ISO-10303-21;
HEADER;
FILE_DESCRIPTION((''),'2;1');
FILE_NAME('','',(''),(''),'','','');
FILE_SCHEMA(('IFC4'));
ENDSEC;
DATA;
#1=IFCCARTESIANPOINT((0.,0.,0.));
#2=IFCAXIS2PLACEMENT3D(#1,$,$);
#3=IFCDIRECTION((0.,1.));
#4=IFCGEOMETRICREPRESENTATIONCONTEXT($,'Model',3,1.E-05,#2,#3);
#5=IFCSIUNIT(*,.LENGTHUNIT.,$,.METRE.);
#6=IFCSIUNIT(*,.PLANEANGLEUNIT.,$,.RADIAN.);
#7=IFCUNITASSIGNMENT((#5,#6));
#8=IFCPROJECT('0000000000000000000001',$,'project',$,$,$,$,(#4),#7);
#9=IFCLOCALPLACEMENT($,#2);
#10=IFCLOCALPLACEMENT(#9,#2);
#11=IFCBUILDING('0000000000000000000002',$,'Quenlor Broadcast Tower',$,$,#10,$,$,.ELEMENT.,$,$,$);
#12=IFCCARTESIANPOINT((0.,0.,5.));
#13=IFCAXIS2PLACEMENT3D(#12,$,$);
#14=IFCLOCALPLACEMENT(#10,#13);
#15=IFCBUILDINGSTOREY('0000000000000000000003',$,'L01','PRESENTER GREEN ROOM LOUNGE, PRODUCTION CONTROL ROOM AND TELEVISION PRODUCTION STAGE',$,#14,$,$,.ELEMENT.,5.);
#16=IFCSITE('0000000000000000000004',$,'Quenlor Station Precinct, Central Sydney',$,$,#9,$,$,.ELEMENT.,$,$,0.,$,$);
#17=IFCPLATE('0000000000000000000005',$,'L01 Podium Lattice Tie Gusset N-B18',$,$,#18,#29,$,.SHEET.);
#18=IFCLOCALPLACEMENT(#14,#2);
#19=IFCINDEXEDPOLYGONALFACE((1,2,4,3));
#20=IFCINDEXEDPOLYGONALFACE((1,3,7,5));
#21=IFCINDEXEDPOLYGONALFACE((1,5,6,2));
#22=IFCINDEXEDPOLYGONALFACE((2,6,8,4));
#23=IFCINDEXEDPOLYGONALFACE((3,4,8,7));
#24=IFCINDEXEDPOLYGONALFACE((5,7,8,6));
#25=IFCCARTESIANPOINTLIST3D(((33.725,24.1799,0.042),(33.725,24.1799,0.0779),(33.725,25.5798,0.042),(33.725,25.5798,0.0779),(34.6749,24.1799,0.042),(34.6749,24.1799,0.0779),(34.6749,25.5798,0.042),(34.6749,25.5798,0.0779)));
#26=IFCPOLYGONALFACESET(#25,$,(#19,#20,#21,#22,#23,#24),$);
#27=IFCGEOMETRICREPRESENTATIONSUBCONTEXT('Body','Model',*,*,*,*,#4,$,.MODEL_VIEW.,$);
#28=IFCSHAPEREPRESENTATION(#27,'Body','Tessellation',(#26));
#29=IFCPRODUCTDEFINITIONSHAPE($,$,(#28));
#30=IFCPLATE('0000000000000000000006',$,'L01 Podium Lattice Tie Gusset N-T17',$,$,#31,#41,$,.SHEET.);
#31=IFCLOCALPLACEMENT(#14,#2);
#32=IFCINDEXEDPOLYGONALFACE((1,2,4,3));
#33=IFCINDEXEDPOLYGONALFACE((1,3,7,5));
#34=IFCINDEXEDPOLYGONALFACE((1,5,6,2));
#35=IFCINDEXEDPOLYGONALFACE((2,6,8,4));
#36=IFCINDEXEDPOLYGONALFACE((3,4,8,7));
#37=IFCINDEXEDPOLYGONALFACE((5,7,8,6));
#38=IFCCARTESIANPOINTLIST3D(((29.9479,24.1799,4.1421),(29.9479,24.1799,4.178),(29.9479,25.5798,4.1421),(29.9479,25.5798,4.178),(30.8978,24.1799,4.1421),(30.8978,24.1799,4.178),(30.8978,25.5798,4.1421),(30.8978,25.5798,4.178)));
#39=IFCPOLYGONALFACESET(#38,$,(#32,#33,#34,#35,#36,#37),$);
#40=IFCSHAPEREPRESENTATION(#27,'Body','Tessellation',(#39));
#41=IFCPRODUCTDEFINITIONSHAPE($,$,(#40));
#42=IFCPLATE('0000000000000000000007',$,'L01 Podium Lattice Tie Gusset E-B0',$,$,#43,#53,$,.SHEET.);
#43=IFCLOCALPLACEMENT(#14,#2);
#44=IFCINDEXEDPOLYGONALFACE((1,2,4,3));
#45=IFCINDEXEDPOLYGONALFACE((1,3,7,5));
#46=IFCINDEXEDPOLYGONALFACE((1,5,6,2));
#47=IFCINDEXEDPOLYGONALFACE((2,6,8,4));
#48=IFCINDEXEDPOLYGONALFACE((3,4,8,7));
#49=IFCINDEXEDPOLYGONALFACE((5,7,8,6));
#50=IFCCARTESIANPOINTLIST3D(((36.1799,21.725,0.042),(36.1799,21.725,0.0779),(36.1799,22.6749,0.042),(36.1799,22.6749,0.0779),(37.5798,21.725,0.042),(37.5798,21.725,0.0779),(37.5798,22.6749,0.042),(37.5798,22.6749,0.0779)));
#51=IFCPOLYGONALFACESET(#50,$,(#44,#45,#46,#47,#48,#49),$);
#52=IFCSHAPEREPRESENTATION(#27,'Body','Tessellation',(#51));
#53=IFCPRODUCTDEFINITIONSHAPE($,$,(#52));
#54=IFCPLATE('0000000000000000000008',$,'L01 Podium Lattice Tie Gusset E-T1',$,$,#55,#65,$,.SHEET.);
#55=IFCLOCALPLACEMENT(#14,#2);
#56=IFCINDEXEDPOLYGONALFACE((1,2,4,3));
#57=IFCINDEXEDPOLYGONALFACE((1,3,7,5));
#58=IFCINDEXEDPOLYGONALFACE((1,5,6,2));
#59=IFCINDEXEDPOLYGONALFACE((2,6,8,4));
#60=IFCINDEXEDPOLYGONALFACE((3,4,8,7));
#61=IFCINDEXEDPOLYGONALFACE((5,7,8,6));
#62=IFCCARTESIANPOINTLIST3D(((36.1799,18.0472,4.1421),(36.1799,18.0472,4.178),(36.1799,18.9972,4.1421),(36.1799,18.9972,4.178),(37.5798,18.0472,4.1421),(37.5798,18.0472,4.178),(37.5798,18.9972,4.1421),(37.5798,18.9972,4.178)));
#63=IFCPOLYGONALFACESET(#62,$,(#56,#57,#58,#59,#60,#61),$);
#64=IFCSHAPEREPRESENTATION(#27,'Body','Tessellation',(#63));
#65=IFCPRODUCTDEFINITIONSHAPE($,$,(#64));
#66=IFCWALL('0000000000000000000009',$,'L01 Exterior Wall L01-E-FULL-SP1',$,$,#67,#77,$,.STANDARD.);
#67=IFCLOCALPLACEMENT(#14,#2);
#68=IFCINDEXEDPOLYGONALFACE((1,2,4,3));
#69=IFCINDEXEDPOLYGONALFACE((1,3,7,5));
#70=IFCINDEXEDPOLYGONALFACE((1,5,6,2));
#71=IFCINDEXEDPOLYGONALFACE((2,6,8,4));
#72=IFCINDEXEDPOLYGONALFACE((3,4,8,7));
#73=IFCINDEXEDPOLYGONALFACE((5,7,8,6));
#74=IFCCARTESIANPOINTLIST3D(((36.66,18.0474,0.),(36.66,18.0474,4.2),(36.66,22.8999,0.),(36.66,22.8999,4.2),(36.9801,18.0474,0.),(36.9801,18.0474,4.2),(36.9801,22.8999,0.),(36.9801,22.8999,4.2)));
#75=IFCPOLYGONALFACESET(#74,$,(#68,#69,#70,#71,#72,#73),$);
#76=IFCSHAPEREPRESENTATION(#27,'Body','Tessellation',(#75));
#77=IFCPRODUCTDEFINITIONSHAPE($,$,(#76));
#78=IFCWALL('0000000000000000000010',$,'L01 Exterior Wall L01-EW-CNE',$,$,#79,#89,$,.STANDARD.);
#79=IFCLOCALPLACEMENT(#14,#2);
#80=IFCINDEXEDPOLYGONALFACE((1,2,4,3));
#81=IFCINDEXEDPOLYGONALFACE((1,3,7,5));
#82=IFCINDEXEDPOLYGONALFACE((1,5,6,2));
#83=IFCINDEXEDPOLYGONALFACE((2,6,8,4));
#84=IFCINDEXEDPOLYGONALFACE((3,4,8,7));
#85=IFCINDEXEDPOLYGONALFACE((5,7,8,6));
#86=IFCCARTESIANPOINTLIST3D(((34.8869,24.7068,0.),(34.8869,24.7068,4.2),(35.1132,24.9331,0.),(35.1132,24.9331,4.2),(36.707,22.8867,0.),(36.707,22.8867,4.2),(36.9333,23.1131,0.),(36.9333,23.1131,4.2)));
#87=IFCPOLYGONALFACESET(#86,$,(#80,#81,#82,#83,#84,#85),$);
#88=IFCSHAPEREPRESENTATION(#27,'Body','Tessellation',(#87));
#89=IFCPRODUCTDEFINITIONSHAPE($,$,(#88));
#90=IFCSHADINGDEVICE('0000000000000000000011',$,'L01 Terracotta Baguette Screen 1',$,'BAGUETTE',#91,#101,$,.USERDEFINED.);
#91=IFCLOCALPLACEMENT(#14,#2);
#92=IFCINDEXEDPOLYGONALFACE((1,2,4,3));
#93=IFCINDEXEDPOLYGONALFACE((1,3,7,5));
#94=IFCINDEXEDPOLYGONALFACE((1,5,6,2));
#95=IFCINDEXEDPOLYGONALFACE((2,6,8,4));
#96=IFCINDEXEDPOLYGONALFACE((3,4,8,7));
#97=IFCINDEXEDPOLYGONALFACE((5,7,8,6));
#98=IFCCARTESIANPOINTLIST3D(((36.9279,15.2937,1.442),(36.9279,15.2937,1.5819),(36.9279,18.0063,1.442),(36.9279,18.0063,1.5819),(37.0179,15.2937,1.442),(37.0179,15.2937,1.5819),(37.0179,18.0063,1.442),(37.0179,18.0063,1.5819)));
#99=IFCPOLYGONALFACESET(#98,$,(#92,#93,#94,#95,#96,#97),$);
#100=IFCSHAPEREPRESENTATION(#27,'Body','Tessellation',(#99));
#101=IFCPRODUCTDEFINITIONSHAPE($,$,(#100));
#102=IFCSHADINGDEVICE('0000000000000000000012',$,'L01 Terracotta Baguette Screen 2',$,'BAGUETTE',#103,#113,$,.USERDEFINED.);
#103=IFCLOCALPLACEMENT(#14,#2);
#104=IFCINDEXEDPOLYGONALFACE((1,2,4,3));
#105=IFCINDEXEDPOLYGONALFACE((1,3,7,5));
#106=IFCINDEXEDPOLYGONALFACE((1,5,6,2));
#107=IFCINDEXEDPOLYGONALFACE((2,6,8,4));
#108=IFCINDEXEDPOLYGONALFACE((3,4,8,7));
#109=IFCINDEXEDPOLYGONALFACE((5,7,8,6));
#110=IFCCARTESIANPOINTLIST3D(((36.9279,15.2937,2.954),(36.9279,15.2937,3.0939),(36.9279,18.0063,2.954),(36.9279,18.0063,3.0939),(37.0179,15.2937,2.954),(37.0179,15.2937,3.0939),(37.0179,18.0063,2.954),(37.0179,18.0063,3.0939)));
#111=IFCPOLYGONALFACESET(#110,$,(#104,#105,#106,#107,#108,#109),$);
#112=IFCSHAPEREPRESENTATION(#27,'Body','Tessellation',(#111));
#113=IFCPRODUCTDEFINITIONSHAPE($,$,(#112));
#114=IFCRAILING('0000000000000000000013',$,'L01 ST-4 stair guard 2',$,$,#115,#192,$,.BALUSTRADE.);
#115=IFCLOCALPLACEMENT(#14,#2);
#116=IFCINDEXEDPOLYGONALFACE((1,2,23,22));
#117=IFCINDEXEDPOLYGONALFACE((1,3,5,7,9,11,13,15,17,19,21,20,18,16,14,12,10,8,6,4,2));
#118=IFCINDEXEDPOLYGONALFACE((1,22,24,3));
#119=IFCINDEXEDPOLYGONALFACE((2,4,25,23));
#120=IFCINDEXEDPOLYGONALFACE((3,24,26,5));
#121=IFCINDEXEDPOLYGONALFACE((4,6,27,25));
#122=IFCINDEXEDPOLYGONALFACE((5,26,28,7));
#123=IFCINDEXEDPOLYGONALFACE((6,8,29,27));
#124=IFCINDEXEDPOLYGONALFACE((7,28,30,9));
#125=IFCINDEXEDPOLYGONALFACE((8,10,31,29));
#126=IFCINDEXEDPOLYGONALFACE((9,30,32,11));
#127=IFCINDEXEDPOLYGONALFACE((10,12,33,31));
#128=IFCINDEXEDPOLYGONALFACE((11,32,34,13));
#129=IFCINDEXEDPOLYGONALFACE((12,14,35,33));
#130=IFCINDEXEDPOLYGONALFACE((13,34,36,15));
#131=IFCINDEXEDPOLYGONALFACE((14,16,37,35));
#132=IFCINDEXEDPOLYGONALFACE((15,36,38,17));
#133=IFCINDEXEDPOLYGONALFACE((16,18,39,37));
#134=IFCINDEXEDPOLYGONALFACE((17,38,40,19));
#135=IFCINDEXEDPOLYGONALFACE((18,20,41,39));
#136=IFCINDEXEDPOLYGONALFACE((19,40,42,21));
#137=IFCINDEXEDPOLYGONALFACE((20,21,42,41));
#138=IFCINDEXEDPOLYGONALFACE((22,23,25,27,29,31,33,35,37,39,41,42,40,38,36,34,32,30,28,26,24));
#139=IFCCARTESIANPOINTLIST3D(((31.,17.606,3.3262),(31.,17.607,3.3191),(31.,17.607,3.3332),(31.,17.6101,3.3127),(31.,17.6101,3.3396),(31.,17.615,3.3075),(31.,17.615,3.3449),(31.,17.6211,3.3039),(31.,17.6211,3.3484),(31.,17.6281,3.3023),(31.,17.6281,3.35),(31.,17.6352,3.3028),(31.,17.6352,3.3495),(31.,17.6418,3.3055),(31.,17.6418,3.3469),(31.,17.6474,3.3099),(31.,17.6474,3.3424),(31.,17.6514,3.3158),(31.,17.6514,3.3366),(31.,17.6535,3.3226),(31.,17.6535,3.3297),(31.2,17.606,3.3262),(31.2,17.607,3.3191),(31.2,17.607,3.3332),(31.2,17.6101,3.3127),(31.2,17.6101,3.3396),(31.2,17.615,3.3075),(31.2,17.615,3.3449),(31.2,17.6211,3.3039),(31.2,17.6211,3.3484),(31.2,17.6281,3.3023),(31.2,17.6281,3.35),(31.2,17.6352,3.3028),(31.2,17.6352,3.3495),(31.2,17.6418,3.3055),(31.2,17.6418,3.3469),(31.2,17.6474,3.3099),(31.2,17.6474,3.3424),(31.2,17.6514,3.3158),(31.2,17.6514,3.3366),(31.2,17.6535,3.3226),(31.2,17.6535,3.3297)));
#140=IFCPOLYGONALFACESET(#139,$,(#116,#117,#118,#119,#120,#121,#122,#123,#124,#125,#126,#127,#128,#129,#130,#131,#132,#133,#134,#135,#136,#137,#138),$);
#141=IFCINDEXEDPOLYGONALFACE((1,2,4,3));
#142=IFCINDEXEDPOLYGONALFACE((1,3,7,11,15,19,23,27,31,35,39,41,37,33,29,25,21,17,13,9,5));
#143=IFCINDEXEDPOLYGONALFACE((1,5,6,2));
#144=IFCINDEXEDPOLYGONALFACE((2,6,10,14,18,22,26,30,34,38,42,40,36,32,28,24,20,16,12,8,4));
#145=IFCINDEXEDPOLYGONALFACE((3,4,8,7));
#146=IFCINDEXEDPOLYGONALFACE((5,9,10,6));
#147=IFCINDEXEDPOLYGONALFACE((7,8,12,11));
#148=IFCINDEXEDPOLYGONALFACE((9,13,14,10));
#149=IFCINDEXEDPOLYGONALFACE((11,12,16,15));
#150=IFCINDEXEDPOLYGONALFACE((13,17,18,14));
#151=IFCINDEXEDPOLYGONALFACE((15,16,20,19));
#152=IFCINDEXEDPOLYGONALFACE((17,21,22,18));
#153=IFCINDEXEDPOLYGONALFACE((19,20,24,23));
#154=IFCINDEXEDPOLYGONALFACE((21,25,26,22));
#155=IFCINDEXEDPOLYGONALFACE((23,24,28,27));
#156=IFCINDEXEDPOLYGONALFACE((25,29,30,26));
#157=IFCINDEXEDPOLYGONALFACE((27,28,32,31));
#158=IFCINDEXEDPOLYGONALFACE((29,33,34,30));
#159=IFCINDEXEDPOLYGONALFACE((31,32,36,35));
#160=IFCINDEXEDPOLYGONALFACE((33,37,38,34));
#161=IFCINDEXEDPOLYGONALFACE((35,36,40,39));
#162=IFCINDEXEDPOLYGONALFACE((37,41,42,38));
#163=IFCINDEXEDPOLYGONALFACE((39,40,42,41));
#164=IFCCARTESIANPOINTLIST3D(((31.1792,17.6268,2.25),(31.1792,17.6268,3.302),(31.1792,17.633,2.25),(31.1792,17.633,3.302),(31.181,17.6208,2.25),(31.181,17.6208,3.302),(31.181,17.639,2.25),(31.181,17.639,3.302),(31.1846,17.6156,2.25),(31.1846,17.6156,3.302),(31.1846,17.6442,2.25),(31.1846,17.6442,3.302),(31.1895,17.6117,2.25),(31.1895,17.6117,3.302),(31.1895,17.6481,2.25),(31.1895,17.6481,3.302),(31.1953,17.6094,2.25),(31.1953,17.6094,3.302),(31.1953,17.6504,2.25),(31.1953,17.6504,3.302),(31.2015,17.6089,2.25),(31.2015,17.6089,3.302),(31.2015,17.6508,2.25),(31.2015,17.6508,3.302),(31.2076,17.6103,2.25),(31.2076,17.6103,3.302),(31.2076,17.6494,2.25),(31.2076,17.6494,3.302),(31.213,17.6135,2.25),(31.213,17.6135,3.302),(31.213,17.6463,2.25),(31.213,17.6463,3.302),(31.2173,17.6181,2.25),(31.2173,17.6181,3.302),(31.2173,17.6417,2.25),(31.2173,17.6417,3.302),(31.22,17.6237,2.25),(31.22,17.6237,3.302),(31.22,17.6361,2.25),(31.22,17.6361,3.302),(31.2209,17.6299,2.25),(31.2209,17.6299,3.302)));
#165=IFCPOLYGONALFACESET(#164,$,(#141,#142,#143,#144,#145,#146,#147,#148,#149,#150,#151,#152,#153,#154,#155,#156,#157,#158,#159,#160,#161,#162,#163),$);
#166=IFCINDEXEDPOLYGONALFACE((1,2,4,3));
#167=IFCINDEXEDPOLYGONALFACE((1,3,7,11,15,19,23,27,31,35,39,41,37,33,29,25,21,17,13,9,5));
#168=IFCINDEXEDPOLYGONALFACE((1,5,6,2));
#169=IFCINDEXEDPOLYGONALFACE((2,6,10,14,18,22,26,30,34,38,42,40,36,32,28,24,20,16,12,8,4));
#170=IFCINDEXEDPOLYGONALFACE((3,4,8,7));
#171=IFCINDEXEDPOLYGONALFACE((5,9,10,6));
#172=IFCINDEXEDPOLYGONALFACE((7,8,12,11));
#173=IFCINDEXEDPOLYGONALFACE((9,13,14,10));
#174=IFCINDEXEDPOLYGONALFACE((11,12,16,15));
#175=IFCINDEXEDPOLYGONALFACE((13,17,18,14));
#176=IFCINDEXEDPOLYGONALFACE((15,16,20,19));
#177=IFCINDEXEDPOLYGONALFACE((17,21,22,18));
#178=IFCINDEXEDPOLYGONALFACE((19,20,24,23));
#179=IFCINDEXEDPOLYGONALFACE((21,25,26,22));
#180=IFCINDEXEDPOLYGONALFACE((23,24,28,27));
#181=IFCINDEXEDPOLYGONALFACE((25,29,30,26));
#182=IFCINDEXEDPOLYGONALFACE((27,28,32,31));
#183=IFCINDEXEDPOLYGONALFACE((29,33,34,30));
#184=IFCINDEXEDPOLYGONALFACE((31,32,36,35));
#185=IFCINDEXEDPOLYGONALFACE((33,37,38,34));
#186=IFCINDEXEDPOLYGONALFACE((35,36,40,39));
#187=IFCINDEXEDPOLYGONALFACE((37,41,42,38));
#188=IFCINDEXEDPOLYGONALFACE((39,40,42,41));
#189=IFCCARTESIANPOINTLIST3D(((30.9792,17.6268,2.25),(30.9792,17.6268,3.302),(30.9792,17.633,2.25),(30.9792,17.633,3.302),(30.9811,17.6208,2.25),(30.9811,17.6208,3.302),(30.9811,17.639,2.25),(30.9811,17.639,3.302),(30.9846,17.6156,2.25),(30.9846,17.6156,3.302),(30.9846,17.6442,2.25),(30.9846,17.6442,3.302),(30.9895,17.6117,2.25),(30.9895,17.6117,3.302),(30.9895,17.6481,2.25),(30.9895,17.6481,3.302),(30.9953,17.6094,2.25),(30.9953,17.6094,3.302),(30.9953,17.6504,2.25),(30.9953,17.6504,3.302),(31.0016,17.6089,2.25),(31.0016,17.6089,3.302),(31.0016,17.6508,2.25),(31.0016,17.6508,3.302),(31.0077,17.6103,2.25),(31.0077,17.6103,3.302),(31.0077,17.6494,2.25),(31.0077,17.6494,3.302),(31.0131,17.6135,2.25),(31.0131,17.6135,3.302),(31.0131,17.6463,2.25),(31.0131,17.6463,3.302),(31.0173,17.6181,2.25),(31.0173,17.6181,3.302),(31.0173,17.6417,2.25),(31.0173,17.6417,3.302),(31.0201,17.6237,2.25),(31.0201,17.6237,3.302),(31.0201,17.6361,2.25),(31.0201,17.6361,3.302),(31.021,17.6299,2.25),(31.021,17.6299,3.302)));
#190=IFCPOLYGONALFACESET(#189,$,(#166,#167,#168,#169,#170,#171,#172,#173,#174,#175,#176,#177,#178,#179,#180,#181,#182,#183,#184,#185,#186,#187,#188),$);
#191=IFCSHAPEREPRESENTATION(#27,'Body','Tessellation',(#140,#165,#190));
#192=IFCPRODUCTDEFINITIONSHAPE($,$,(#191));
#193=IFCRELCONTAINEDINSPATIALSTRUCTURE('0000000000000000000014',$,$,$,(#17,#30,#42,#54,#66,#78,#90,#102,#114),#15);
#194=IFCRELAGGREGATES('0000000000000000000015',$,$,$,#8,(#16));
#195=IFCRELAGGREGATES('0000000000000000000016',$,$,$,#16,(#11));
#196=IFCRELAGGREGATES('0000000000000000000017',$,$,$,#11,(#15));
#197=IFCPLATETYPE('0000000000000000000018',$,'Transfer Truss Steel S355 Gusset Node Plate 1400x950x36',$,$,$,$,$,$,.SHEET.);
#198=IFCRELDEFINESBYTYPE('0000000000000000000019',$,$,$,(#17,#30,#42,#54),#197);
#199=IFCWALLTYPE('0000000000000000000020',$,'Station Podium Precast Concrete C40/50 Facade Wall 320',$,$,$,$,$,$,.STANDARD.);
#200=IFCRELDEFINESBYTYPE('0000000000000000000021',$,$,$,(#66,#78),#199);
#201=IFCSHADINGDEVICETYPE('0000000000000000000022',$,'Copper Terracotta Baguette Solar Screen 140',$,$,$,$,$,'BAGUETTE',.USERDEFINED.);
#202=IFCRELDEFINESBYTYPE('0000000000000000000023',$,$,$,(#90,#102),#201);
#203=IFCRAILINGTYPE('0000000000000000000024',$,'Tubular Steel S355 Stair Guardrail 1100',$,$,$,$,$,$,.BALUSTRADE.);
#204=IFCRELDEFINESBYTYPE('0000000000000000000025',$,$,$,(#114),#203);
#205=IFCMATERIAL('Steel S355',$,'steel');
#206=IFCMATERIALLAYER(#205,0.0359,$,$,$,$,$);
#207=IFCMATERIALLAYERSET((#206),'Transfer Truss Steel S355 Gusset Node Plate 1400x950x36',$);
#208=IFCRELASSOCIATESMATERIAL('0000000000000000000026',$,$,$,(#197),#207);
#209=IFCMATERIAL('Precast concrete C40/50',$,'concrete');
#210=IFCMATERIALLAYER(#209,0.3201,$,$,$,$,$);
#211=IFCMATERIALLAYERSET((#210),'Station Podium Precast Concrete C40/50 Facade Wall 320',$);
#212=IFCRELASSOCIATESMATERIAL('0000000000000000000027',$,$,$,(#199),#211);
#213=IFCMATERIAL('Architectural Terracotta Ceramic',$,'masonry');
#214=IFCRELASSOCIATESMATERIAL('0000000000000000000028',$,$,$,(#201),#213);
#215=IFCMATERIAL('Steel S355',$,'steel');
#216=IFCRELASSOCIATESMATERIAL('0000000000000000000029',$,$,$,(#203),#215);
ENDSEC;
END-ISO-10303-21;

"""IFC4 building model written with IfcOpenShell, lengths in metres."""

from ifc_helpers import new_model, si_unit, direction, frame, frame_2d, origin, origin_2d, place, context, subcontext, project, spatial, rectangle, circle, extrude, material, layer, layer_set, material_profile, profile_set, type_object, element, save


model = new_model("IFC4")

# Units and contexts
model_context = context("Model", 3, precision=1e-05, world=origin(), true_north=direction((0.0, 1.0)))
body_context = subcontext(model_context, "Body", "Model", "MODEL_VIEW")
ifc_project = project(units=[si_unit("LENGTHUNIT", "METRE"), si_unit("PLANEANGLEUNIT", "RADIAN")], contexts=[model_context])

# Site, building, storey
site_placement = place(None, origin())
site = spatial("IfcSite", under=ifc_project, at=site_placement, Name="Quenlor Station Precinct, Central Sydney", CompositionType="ELEMENT", RefElevation=0.0)
building_placement = place(site_placement, origin())
building = spatial("IfcBuilding", under=site, at=building_placement, Name="Quenlor Broadcast Tower", CompositionType="ELEMENT")
storey_placement = place(building_placement, frame((0.0, 0.0, 5.0)))
storey = spatial("IfcBuildingStorey", under=building, at=storey_placement, Name="L01", Description="PRESENTER GREEN ROOM LOUNGE, PRODUCTION CONTROL ROOM AND TELEVISION PRODUCTION STAGE", CompositionType="ELEMENT", Elevation=5.0)

# Plates
ifc_material_1 = material(Name="Steel S355", Category="steel")
ifc_layer_1 = layer(ifc_material_1, 0.0359)
ifc_layer_set_1 = layer_set([ifc_layer_1], Name="Transfer Truss Steel S355 Gusset Node Plate 1400x950x36")
plate_type_1 = type_object("IfcPlateType", Name="Transfer Truss Steel S355 Gusset Node Plate 1400x950x36", PredefinedType="SHEET", material=ifc_layer_set_1)
for number, where, z_axis, x_axis, name in (
    (1, (34.2, 24.8799, 0.042), (0.0, 0.0, 1.0), (0.0, 1.0, 0.0), "L01 Podium Lattice Tie Gusset N-B18"),
    (2, (30.4229, 24.8799, 4.1421), (0.0, 0.0, 1.0), (0.0, 1.0, 0.0), "L01 Podium Lattice Tie Gusset N-T17"),
    (3, (36.8799, 22.2, 0.042), (0.0, 0.0, 1.0), (1.0, 0.0, 0.0), "L01 Podium Lattice Tie Gusset E-B0"),
    (4, (36.8799, 18.5222, 4.1421), (0.0, 0.0, 1.0), (1.0, 0.0, 0.0), "L01 Podium Lattice Tie Gusset E-T1"),
):
    element("IfcPlate", number, at=place(storey_placement, frame(where, z_axis=z_axis, x_axis=x_axis)), inside=storey, type_object=plate_type_1, Name=name, PredefinedType="SHEET", context=body_context, shape_type="SweptSolid", body=[
        extrude(rectangle(XDim=1.3999, YDim=0.95, at=origin_2d()), origin(), (0.0, 0.0, 1.0), 0.0359),
    ])

# Walls
ifc_material_2 = material(Name="Precast concrete C40/50", Category="concrete")
ifc_layer_2 = layer(ifc_material_2, 0.3201)
ifc_layer_set_2 = layer_set([ifc_layer_2], Name="Station Podium Precast Concrete C40/50 Facade Wall 320")
wall_type = type_object("IfcWallType", Name="Station Podium Precast Concrete C40/50 Facade Wall 320", PredefinedType="STANDARD", material=ifc_layer_set_2)
wall_1_placement = place(storey_placement, frame((36.8201, 22.8999, 0.0), z_axis=(0.0, 0.0, 1.0), x_axis=(0.0, -1.0, 0.0)))
element("IfcWall", 5, at=wall_1_placement, inside=storey, type_object=wall_type, Name="L01 Exterior Wall L01-E-FULL-SP1", PredefinedType="STANDARD", context=body_context, shape_type="SweptSolid", body=[
    extrude(rectangle(XDim=4.8525, YDim=0.3201, at=frame_2d((2.4263, 0.0))), origin(), (0.0, 0.0, 1.0), 4.2),
])
wall_2_placement = place(storey_placement, frame((35.0, 24.8201, 0.0), z_axis=(0.0, 0.0, 1.0), x_axis=(0.707107, -0.707107, 0.0)))
element("IfcWall", 6, at=wall_2_placement, inside=storey, type_object=wall_type, Name="L01 Exterior Wall L01-EW-CNE", PredefinedType="STANDARD", context=body_context, shape_type="SweptSolid", body=[
    extrude(rectangle(XDim=2.574, YDim=0.3201, at=frame_2d((1.2871, 0.0))), origin(), (0.0, 0.0, 1.0), 4.2),
])

# Shading devices
ifc_material_3 = material(Name="Architectural Terracotta Ceramic", Category="masonry")
ifc_material_profile_1 = material_profile(ifc_material_3, rectangle(XDim=0.0901, YDim=0.1399, at=origin_2d()))
ifc_profile_set_1 = profile_set([ifc_material_profile_1], Name="Architectural Terracotta Ceramic BAG90x140")
shading_device_type = type_object("IfcShadingDeviceType", Name="Copper Terracotta Baguette Solar Screen 140", ElementType="BAGUETTE", PredefinedType="USERDEFINED", material=ifc_profile_set_1)
for number, where, z_axis, x_axis, name in (
    (7, (36.9729, 18.0063, 1.512), (0.0, -1.0, 0.0), (1.0, 0.0, 0.0), "L01 Terracotta Baguette Screen 1"),
    (8, (36.9729, 18.0063, 3.0239), (0.0, -1.0, 0.0), (1.0, 0.0, 0.0), "L01 Terracotta Baguette Screen 2"),
):
    element("IfcShadingDevice", number, at=place(storey_placement, frame(where, z_axis=z_axis, x_axis=x_axis)), inside=storey, type_object=shading_device_type, Name=name, ObjectType="BAGUETTE", PredefinedType="USERDEFINED", context=body_context, shape_type="SweptSolid", body=[
        extrude(rectangle(XDim=0.0901, YDim=0.1399, at=origin_2d()), origin(), (0.0, 0.0, 1.0), 2.7126),
    ])

# Railing
ifc_material_4 = material(Name="Steel S355", Category="steel")
railing_type = type_object("IfcRailingType", Name="Tubular Steel S355 Stair Guardrail 1100", PredefinedType="BALUSTRADE", material=ifc_material_4)
railing_1_placement = place(storey_placement, frame((31.2, 17.6299, 2.25)))
element("IfcRailing", 9, at=railing_1_placement, inside=storey, type_object=railing_type, Name="L01 ST-4 stair guard 2", PredefinedType="BALUSTRADE", context=body_context, shape_type="SweptSolid", body=[
    extrude(circle(Radius=0.0239, at=origin_2d()), frame((0.0, 0.0, 1.0762), z_axis=(-1.0, 0.0, 0.0), x_axis=(0.0, -1.0, 0.0)), (0.0, 0.0, 1.0), 0.2),
    extrude(circle(Radius=0.021, at=origin_2d()), origin(), (0.0, 0.0, 1.0), 1.052),
    extrude(circle(Radius=0.021, at=origin_2d()), frame((-0.2, 0.0, 0.0)), (0.0, 0.0, 1.0), 1.052),
])

save(model, "model.ifc")
